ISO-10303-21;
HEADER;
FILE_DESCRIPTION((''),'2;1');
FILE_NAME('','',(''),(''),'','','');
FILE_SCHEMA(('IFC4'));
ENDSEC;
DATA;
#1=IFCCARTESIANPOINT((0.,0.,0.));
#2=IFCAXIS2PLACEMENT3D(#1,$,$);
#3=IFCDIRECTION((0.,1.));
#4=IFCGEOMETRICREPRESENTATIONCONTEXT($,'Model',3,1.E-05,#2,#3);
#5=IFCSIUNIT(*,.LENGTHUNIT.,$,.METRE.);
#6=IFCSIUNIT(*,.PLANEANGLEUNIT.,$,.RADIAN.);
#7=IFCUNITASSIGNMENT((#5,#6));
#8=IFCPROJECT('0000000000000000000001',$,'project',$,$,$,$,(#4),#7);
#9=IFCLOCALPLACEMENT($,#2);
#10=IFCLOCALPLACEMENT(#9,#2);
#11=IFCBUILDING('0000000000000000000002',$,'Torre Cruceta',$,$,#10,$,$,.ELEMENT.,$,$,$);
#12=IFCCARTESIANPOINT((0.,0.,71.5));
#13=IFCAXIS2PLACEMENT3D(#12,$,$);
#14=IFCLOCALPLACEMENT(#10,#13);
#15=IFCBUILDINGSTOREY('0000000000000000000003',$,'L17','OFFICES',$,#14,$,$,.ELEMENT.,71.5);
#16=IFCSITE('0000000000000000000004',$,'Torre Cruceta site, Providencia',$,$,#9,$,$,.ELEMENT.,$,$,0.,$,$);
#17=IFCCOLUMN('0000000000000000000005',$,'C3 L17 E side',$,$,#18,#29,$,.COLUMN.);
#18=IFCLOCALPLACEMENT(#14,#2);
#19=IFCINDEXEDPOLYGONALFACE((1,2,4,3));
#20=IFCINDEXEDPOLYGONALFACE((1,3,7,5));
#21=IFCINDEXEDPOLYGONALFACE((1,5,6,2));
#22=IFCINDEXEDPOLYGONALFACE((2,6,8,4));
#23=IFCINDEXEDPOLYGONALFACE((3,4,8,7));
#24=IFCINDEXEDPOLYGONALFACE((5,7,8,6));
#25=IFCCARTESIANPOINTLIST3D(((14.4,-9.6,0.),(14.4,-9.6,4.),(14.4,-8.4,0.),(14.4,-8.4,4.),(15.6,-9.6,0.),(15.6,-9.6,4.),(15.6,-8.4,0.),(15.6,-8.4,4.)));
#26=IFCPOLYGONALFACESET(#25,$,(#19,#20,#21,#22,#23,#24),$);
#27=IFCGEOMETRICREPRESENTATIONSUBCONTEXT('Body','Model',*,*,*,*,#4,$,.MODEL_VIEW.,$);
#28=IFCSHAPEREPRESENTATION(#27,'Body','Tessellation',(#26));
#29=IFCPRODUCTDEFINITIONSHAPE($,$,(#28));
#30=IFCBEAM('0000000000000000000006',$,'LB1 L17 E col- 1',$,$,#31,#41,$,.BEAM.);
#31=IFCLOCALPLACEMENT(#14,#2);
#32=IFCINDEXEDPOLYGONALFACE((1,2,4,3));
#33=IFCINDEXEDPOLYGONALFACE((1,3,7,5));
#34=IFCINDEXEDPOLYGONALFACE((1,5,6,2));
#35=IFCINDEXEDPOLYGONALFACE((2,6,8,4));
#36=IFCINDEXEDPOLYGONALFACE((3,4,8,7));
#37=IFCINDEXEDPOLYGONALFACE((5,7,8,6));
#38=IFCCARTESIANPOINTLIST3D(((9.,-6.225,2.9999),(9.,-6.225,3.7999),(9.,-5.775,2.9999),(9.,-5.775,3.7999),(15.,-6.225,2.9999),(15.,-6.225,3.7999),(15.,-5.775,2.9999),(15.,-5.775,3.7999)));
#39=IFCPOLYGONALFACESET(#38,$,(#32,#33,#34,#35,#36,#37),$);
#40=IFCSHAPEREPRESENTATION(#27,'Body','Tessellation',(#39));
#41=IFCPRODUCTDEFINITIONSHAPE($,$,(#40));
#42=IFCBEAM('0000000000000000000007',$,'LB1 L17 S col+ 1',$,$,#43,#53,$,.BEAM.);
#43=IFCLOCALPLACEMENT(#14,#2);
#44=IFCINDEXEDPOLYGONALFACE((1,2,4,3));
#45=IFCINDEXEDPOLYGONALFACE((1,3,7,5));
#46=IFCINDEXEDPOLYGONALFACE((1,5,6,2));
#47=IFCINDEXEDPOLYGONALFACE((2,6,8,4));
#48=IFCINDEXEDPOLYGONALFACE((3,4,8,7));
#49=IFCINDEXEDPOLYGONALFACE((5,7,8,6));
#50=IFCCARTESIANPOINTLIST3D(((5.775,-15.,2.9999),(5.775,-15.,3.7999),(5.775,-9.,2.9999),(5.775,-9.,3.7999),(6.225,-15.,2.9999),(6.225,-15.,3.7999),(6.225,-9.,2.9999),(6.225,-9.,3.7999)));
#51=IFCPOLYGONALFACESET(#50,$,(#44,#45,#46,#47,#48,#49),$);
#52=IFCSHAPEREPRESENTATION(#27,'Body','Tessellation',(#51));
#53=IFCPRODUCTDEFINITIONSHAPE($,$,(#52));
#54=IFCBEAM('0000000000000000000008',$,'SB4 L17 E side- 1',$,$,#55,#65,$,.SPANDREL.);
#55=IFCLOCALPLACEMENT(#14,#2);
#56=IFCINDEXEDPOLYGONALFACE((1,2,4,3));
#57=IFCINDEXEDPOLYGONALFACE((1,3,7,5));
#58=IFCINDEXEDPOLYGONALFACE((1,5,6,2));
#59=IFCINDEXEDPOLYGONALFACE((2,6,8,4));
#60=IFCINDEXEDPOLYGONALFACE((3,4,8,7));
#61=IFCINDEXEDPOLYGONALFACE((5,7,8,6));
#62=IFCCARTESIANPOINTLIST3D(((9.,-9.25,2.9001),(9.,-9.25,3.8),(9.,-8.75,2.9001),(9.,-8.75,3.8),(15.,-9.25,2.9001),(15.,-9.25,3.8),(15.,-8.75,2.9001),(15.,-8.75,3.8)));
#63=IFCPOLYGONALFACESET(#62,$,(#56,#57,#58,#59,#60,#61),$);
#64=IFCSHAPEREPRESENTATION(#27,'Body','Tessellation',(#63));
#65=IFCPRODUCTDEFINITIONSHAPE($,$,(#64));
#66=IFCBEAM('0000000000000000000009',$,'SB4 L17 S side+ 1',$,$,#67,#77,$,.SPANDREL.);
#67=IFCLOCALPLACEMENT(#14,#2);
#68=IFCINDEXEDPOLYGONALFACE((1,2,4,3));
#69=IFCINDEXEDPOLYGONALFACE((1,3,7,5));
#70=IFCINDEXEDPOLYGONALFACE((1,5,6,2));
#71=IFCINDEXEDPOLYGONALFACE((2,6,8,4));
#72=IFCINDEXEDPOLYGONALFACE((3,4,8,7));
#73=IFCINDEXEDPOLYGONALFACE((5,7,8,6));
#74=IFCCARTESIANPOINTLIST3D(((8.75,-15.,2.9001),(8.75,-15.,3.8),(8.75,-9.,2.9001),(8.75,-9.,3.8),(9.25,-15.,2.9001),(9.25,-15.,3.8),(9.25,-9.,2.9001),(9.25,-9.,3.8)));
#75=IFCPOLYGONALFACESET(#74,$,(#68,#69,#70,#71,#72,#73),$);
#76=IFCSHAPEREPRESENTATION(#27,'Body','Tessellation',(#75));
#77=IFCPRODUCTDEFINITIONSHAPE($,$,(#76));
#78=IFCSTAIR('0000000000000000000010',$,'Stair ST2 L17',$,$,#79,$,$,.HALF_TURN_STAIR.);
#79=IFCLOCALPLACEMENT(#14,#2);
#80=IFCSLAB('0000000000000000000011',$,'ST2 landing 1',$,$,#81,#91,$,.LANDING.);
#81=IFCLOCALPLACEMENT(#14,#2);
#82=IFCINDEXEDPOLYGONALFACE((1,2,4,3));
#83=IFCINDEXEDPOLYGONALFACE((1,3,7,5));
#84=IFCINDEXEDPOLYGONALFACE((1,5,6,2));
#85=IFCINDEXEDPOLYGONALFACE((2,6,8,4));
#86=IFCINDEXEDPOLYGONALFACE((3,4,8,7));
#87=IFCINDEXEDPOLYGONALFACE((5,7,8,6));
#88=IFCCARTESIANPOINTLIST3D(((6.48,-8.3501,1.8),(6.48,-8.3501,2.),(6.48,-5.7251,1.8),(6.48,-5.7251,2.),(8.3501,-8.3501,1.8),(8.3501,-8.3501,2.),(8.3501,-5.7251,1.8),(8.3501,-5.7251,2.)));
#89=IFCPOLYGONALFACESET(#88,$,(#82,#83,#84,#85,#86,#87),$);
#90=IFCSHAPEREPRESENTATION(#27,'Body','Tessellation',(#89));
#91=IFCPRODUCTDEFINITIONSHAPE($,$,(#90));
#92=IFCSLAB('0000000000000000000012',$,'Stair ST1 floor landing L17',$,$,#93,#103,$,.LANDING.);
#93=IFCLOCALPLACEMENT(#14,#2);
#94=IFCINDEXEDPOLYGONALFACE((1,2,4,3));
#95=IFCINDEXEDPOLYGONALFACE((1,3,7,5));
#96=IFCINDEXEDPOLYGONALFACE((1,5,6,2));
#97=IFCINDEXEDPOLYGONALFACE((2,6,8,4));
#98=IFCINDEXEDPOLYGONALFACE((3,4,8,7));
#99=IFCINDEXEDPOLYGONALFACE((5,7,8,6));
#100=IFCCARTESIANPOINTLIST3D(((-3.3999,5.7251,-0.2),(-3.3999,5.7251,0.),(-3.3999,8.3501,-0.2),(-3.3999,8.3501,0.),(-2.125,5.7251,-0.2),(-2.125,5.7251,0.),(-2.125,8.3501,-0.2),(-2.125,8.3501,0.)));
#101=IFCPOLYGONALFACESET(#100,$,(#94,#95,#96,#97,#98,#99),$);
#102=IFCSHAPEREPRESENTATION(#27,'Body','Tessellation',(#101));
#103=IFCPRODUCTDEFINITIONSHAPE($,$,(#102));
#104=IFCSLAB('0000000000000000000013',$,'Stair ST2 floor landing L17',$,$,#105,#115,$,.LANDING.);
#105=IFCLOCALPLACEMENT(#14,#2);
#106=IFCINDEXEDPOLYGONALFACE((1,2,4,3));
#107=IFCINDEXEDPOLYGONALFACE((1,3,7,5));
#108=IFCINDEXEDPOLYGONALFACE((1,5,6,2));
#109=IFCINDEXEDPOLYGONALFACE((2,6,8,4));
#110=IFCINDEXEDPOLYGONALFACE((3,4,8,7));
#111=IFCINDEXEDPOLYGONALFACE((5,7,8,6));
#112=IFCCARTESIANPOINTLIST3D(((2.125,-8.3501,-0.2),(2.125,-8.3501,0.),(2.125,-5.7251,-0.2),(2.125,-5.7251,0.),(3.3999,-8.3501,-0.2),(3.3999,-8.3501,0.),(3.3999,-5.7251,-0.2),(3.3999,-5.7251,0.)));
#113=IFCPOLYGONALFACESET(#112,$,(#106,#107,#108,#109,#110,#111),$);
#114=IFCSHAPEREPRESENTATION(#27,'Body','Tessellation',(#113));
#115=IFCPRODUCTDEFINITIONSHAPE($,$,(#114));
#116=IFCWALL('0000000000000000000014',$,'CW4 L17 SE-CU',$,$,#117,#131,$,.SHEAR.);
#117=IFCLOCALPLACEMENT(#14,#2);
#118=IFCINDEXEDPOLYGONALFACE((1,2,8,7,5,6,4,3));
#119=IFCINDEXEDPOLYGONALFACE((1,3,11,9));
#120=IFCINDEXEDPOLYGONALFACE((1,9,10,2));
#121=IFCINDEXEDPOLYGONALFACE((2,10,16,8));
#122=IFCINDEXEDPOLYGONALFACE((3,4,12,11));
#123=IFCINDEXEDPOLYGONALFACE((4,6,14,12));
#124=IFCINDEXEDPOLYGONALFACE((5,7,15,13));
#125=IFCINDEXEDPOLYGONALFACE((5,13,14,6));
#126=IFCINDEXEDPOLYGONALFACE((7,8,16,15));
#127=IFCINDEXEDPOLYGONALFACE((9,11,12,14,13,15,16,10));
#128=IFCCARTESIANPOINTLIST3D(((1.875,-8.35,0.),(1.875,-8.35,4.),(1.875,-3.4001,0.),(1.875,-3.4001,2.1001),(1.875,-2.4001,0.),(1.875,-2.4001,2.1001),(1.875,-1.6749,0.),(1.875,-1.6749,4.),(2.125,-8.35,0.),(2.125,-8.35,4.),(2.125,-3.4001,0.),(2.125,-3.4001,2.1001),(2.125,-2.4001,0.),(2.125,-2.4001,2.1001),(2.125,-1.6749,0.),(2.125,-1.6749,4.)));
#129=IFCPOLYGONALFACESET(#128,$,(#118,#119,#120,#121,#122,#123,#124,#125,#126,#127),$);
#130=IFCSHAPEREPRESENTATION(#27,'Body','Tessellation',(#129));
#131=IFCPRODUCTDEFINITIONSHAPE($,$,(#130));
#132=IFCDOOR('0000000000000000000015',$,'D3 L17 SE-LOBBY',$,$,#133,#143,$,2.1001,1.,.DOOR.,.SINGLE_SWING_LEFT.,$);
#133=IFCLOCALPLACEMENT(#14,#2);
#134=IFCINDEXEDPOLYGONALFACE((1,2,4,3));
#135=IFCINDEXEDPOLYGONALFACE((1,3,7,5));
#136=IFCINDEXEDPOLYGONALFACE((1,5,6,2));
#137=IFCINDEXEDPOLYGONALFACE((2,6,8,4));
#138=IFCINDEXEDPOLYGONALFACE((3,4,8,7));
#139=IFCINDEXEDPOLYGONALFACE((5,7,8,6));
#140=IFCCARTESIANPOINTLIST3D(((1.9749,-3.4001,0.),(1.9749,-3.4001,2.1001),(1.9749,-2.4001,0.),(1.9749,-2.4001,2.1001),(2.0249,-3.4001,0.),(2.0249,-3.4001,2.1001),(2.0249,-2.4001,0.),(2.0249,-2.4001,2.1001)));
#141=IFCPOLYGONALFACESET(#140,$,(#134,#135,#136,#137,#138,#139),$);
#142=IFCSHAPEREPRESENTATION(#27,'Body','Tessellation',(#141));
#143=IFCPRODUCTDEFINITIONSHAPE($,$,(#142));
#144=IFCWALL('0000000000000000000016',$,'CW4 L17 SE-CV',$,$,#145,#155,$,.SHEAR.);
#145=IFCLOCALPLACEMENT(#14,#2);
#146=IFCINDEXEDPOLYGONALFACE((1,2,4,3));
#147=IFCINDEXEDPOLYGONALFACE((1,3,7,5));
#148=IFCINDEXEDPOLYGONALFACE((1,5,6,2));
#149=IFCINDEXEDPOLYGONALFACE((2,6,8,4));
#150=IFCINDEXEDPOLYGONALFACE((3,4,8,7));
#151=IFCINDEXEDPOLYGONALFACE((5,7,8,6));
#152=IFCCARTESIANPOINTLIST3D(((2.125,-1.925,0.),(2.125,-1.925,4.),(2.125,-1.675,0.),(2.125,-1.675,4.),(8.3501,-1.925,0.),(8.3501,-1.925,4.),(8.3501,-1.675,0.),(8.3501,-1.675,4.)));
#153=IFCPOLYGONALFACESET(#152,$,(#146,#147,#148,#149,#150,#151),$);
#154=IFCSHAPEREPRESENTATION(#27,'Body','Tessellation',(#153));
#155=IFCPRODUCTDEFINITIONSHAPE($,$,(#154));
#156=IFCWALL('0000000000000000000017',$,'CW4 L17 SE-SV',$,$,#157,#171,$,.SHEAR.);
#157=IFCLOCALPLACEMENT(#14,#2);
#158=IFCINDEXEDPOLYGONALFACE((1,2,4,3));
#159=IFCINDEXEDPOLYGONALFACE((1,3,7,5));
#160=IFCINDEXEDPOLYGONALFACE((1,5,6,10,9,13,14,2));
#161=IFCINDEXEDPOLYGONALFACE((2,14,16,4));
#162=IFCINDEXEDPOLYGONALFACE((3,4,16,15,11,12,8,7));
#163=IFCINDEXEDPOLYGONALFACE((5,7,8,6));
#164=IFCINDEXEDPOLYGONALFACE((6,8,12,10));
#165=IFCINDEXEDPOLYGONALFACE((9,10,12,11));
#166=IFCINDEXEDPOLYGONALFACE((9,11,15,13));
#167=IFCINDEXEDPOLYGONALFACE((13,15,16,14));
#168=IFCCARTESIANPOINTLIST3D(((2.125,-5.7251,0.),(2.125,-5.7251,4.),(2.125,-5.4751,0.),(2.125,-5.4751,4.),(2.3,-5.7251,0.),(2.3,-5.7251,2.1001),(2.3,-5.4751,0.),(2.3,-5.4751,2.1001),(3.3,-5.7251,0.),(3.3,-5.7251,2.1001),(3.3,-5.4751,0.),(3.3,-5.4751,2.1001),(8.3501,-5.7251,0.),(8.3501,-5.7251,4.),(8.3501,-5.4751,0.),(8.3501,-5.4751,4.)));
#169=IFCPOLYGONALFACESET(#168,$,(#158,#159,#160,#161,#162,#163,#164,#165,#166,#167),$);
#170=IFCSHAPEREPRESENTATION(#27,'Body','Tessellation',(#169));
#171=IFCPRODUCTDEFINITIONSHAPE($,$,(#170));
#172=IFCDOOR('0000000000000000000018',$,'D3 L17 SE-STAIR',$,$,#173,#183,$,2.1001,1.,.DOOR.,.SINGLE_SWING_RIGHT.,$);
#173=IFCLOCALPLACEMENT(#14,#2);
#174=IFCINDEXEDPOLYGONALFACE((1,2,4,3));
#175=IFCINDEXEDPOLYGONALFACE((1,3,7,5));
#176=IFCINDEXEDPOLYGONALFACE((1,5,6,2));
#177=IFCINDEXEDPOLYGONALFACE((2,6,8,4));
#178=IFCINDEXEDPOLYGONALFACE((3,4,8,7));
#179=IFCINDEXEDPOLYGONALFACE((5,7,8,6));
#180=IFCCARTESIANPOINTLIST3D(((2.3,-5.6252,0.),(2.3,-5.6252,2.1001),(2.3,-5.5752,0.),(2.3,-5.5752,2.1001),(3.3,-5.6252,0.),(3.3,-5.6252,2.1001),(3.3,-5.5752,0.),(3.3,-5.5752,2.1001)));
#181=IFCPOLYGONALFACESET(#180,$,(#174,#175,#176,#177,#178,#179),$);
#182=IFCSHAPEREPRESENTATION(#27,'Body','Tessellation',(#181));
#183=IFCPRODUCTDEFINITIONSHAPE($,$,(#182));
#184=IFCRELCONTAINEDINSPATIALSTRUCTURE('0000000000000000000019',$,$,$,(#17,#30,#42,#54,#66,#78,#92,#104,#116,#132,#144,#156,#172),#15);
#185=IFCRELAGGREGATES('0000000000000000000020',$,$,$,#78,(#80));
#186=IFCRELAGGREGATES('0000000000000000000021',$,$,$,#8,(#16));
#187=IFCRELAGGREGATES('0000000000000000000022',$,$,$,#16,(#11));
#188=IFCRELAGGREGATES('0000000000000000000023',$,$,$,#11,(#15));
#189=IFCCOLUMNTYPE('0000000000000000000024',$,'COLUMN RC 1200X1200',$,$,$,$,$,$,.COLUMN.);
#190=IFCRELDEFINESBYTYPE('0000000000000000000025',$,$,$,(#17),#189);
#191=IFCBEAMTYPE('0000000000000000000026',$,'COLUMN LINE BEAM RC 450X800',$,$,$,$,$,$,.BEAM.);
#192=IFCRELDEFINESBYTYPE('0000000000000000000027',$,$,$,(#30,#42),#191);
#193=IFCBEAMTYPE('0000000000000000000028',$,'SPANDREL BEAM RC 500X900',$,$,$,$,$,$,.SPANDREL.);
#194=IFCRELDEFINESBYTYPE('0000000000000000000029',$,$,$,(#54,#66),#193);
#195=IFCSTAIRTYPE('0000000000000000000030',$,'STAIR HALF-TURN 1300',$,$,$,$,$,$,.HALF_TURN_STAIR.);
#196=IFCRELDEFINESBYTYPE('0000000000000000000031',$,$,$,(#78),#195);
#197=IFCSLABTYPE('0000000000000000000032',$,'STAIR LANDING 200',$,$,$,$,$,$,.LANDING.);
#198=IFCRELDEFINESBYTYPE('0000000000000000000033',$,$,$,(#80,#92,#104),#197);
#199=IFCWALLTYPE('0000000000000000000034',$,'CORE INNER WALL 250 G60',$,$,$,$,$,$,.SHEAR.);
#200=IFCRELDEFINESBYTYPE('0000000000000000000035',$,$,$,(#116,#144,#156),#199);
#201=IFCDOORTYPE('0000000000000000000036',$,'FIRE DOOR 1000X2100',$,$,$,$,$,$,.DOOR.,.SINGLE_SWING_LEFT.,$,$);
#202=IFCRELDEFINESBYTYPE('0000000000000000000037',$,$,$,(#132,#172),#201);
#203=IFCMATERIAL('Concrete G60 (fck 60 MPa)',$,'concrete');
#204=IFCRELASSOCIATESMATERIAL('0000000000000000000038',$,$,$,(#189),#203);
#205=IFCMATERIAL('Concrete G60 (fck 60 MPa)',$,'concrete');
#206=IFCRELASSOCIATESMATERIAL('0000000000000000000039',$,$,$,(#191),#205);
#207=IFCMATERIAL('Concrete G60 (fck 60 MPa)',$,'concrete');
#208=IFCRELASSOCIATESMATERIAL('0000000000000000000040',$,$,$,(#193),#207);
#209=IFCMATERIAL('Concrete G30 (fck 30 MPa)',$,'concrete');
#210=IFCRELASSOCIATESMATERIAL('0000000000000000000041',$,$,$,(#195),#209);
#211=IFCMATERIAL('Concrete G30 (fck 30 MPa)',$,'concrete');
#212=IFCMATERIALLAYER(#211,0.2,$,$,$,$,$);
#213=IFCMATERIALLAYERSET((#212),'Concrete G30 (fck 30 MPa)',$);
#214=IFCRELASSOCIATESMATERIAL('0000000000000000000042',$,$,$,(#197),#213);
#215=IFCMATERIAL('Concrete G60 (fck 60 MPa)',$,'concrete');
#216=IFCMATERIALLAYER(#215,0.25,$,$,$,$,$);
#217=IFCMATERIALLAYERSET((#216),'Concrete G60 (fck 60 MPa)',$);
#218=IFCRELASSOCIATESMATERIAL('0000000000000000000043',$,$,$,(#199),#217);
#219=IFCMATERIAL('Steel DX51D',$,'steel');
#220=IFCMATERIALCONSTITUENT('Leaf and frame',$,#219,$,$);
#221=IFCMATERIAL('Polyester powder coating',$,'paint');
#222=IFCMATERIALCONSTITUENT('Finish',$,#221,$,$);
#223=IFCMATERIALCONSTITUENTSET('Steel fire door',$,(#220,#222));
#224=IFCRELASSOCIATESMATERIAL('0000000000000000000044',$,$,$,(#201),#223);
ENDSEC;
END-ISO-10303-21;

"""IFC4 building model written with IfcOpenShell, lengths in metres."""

from ifc_helpers import new_model, si_unit, direction, frame, frame_2d, origin, origin_2d, place, context, subcontext, project, spatial, polyline, rectangle, outline, extrude, material, layer, layer_set, constituent, constituent_set, material_profile, profile_set, type_object, element, fill, aggregate, save


model = new_model("IFC4")

# Units and contexts
model_context = context("Model", 3, precision=1e-05, world=origin(), true_north=direction((0.0, 1.0)))
body_context = subcontext(model_context, "Body", "Model", "MODEL_VIEW")
ifc_project = project(units=[si_unit("LENGTHUNIT", "METRE"), si_unit("PLANEANGLEUNIT", "RADIAN")], contexts=[model_context])

# Site, building, storey
site_placement = place(None, origin())
site = spatial("IfcSite", under=ifc_project, at=site_placement, Name="Torre Cruceta site, Providencia", CompositionType="ELEMENT", RefElevation=0.0)
building_placement = place(site_placement, origin())
building = spatial("IfcBuilding", under=site, at=building_placement, Name="Torre Cruceta", CompositionType="ELEMENT")
storey_placement = place(building_placement, frame((0.0, 0.0, 71.5)))
storey = spatial("IfcBuildingStorey", under=building, at=storey_placement, Name="L17", Description="OFFICES", CompositionType="ELEMENT", Elevation=71.5)

# Column
ifc_material_1 = material(Name="Concrete G60 (fck 60 MPa)", Category="concrete")
ifc_material_profile_1 = material_profile(ifc_material_1, rectangle(XDim=1.2, YDim=1.2, at=origin_2d()), Name="RC 1200X1200")
ifc_profile_set_1 = profile_set([ifc_material_profile_1], Name="Concrete G60 (fck 60 MPa)")
column_type = type_object("IfcColumnType", Name="COLUMN RC 1200X1200", PredefinedType="COLUMN", material=ifc_profile_set_1)
column_placement = place(storey_placement, frame((15.0, -9.0, 0.0), z_axis=(0.0, 0.0, 1.0), x_axis=(1.0, 0.0, 0.0)))
element("IfcColumn", 1, at=column_placement, inside=storey, type_object=column_type, Name="C3 L17 E side", PredefinedType="COLUMN", context=body_context, shape_type="SweptSolid", body=[
    extrude(rectangle(XDim=1.2, YDim=1.2, at=origin_2d()), origin(), (0.0, 0.0, 1.0), 4.0),
])

# Beams
ifc_material_2 = material(Name="Concrete G60 (fck 60 MPa)", Category="concrete")
ifc_material_profile_2 = material_profile(ifc_material_2, rectangle(XDim=0.45, YDim=0.8, at=origin_2d()), Name="RC 450X800")
ifc_profile_set_2 = profile_set([ifc_material_profile_2], Name="Concrete G60 (fck 60 MPa)")
beam_type_1 = type_object("IfcBeamType", Name="COLUMN LINE BEAM RC 450X800", PredefinedType="BEAM", material=ifc_profile_set_2)
for number, where, z_axis, x_axis, name in (
    (2, (9.0, -6.0, 3.3999), (1.0, 0.0, 0.0), (0.0, 1.0, 0.0), "LB1 L17 E col- 1"),
    (3, (6.0, -9.0, 3.3999), (0.0, -1.0, 0.0), (1.0, 0.0, 0.0), "LB1 L17 S col+ 1"),
):
    element("IfcBeam", number, at=place(storey_placement, frame(where, z_axis=z_axis, x_axis=x_axis)), inside=storey, type_object=beam_type_1, Name=name, PredefinedType="BEAM", context=body_context, shape_type="SweptSolid", body=[
        extrude(rectangle(XDim=0.45, YDim=0.8, at=origin_2d()), origin(), (0.0, 0.0, 1.0), 6.0),
    ])
ifc_material_3 = material(Name="Concrete G60 (fck 60 MPa)", Category="concrete")
ifc_material_profile_3 = material_profile(ifc_material_3, rectangle(XDim=0.5, YDim=0.8999, at=origin_2d()), Name="RC 500X900")
ifc_profile_set_3 = profile_set([ifc_material_profile_3], Name="Concrete G60 (fck 60 MPa)")
beam_type_2 = type_object("IfcBeamType", Name="SPANDREL BEAM RC 500X900", PredefinedType="SPANDREL", material=ifc_profile_set_3)
for number, where, z_axis, x_axis, name in (
    (4, (9.0, -9.0, 3.3501), (1.0, 0.0, 0.0), (0.0, 1.0, 0.0), "SB4 L17 E side- 1"),
    (5, (9.0, -9.0, 3.3501), (0.0, -1.0, 0.0), (1.0, 0.0, 0.0), "SB4 L17 S side+ 1"),
):
    element("IfcBeam", number, at=place(storey_placement, frame(where, z_axis=z_axis, x_axis=x_axis)), inside=storey, type_object=beam_type_2, Name=name, PredefinedType="SPANDREL", context=body_context, shape_type="SweptSolid", body=[
        extrude(rectangle(XDim=0.5, YDim=0.8999, at=origin_2d()), origin(), (0.0, 0.0, 1.0), 6.0),
    ])

# Stair, slab
ifc_material_4 = material(Name="Concrete G30 (fck 30 MPa)", Category="concrete")
stair_type = type_object("IfcStairType", Name="STAIR HALF-TURN 1300", PredefinedType="HALF_TURN_STAIR", material=ifc_material_4)
stair_placement = place(storey_placement, origin())
stair = element("IfcStair", 6, at=stair_placement, inside=storey, type_object=stair_type, Name="Stair ST2 L17", PredefinedType="HALF_TURN_STAIR")
ifc_material_5 = material(Name="Concrete G30 (fck 30 MPa)", Category="concrete")
ifc_layer_1 = layer(ifc_material_5, 0.2)
ifc_layer_set_1 = layer_set([ifc_layer_1], Name="Concrete G30 (fck 30 MPa)")
slab_type = type_object("IfcSlabType", Name="STAIR LANDING 200", PredefinedType="LANDING", material=ifc_layer_set_1)
slab_1_placement = place(storey_placement, frame((0.0, 0.0, 1.8)))
slab_1 = element("IfcSlab", 7, at=slab_1_placement, type_object=slab_type, Name="ST2 landing 1", PredefinedType="LANDING", context=body_context, shape_type="SweptSolid", body=[
    extrude(outline(polyline([(6.48, -8.3501), (8.3501, -8.3501), (8.3501, -5.7251), (6.48, -5.7251), (6.48, -8.3501)])), origin(), (0.0, 0.0, 1.0), 0.2),
])

# Slabs
slab_2_placement = place(storey_placement, frame((0.0, 0.0, -0.2)))
element("IfcSlab", 8, at=slab_2_placement, inside=storey, type_object=slab_type, Name="Stair ST1 floor landing L17", PredefinedType="LANDING", context=body_context, shape_type="SweptSolid", body=[
    extrude(outline(polyline([(-2.125, 8.3501), (-2.125, 5.7251), (-3.3999, 5.7251), (-3.3999, 8.3501), (-2.125, 8.3501)])), origin(), (0.0, 0.0, 1.0), 0.2),
])
slab_3_placement = place(storey_placement, frame((0.0, 0.0, -0.2)))
element("IfcSlab", 9, at=slab_3_placement, inside=storey, type_object=slab_type, Name="Stair ST2 floor landing L17", PredefinedType="LANDING", context=body_context, shape_type="SweptSolid", body=[
    extrude(outline(polyline([(2.125, -8.3501), (2.125, -5.7251), (3.3999, -5.7251), (3.3999, -8.3501), (2.125, -8.3501)])), origin(), (0.0, 0.0, 1.0), 0.2),
])

# Wall, opening, door
ifc_material_6 = material(Name="Concrete G60 (fck 60 MPa)", Category="concrete")
ifc_layer_2 = layer(ifc_material_6, 0.25)
ifc_layer_set_2 = layer_set([ifc_layer_2], Name="Concrete G60 (fck 60 MPa)")
wall_type_1 = type_object("IfcWallType", Name="CORE INNER WALL 250 G60", PredefinedType="SHEAR", material=ifc_layer_set_2)
wall_1_placement = place(storey_placement, frame((2.0, -1.675, 0.0), z_axis=(0.0, 0.0, 1.0), x_axis=(0.0, -1.0, 0.0)))
wall_1 = element("IfcWall", 10, at=wall_1_placement, inside=storey, type_object=wall_type_1, Name="CW4 L17 SE-CU", PredefinedType="SHEAR", context=body_context, shape_type="SweptSolid", body=[
    extrude(rectangle(XDim=6.675, YDim=0.25, at=frame_2d((3.3374, 0.0))), origin(), (0.0, 0.0, 1.0), 4.0),
])
opening_1_placement = place(wall_1_placement, frame((0.7251, 0.0, 0.0)))
opening_1 = element("IfcOpeningElement", 11, at=opening_1_placement, cuts=wall_1, PredefinedType="OPENING", context=body_context, shape_type="SweptSolid", body=[
    extrude(rectangle(XDim=1.0, YDim=2.1001, at=frame_2d((0.5, 1.05))), frame((0.0, 0.135, 0.0), z_axis=(0.0, -1.0, 0.0), x_axis=(1.0, 0.0, 0.0)), (0.0, 0.0, 1.0), 0.27),
])
ifc_material_7 = material(Name="Steel DX51D", Category="steel")
ifc_constituent_1 = constituent(ifc_material_7, Name="Leaf and frame")
ifc_material_8 = material(Name="Polyester powder coating", Category="paint")
ifc_constituent_2 = constituent(ifc_material_8, Name="Finish")
ifc_constituent_set_1 = constituent_set(constituents=[ifc_constituent_1, ifc_constituent_2], Name="Steel fire door")
door_type_1 = type_object("IfcDoorType", Name="FIRE DOOR 1000X2100", OperationType="SINGLE_SWING_LEFT", PredefinedType="DOOR", material=ifc_constituent_set_1)
door_1_placement = place(opening_1_placement, origin())
door_1 = element("IfcDoor", 12, at=door_1_placement, inside=storey, type_object=door_type_1, Name="D3 L17 SE-LOBBY", OperationType="SINGLE_SWING_LEFT", OverallHeight=2.1001, OverallWidth=1.0, PredefinedType="DOOR", context=body_context, shape_type="SweptSolid", body=[
    extrude(rectangle(XDim=1.0, YDim=2.1001, at=frame_2d((0.5, 1.05))), frame((0.0, 0.0249, 0.0), z_axis=(0.0, -1.0, 0.0), x_axis=(1.0, 0.0, 0.0)), (0.0, 0.0, 1.0), 0.05),
])
fill(opening_1, door_1)

# Wall
wall_2_placement = place(storey_placement, frame((2.125, -1.8, 0.0), z_axis=(0.0, 0.0, 1.0), x_axis=(1.0, 0.0, 0.0)))
element("IfcWall", 13, at=wall_2_placement, inside=storey, type_object=wall_type_1, Name="CW4 L17 SE-CV", PredefinedType="SHEAR", context=body_context, shape_type="SweptSolid", body=[
    extrude(rectangle(XDim=6.2251, YDim=0.25, at=frame_2d((3.1125, 0.0))), origin(), (0.0, 0.0, 1.0), 4.0),
])

# Wall, opening, door
wall_3_placement = place(storey_placement, frame((2.125, -5.6001, 0.0), z_axis=(0.0, 0.0, 1.0), x_axis=(1.0, 0.0, 0.0)))
wall_3 = element("IfcWall", 14, at=wall_3_placement, inside=storey, type_object=wall_type_1, Name="CW4 L17 SE-SV", PredefinedType="SHEAR", context=body_context, shape_type="SweptSolid", body=[
    extrude(rectangle(XDim=6.2251, YDim=0.25, at=frame_2d((3.1125, 0.0))), origin(), (0.0, 0.0, 1.0), 4.0),
])
opening_2_placement = place(wall_3_placement, frame((0.175, 0.0, 0.0)))
opening_2 = element("IfcOpeningElement", 15, at=opening_2_placement, cuts=wall_3, PredefinedType="OPENING", context=body_context, shape_type="SweptSolid", body=[
    extrude(rectangle(XDim=1.0, YDim=2.1001, at=frame_2d((0.5, 1.05))), frame((0.0, 0.135, 0.0), z_axis=(0.0, -1.0, 0.0), x_axis=(1.0, 0.0, 0.0)), (0.0, 0.0, 1.0), 0.27),
])
door_2_placement = place(opening_2_placement, frame((1.0, 0.0, 0.0), z_axis=(0.0, 0.0, 1.0), x_axis=(-1.0, 0.0, 0.0)))
door_2 = element("IfcDoor", 16, at=door_2_placement, inside=storey, type_object=door_type_1, Name="D3 L17 SE-STAIR", OperationType="SINGLE_SWING_RIGHT", OverallHeight=2.1001, OverallWidth=1.0, PredefinedType="DOOR", context=body_context, shape_type="SweptSolid", body=[
    extrude(rectangle(XDim=1.0, YDim=2.1001, at=frame_2d((0.5, 1.05))), frame((0.0, 0.0251, 0.0), z_axis=(0.0, -1.0, 0.0), x_axis=(1.0, 0.0, 0.0)), (0.0, 0.0, 1.0), 0.05),
])
fill(opening_2, door_2)

aggregate(stair, [slab_1])

save(model, "model.ifc")
